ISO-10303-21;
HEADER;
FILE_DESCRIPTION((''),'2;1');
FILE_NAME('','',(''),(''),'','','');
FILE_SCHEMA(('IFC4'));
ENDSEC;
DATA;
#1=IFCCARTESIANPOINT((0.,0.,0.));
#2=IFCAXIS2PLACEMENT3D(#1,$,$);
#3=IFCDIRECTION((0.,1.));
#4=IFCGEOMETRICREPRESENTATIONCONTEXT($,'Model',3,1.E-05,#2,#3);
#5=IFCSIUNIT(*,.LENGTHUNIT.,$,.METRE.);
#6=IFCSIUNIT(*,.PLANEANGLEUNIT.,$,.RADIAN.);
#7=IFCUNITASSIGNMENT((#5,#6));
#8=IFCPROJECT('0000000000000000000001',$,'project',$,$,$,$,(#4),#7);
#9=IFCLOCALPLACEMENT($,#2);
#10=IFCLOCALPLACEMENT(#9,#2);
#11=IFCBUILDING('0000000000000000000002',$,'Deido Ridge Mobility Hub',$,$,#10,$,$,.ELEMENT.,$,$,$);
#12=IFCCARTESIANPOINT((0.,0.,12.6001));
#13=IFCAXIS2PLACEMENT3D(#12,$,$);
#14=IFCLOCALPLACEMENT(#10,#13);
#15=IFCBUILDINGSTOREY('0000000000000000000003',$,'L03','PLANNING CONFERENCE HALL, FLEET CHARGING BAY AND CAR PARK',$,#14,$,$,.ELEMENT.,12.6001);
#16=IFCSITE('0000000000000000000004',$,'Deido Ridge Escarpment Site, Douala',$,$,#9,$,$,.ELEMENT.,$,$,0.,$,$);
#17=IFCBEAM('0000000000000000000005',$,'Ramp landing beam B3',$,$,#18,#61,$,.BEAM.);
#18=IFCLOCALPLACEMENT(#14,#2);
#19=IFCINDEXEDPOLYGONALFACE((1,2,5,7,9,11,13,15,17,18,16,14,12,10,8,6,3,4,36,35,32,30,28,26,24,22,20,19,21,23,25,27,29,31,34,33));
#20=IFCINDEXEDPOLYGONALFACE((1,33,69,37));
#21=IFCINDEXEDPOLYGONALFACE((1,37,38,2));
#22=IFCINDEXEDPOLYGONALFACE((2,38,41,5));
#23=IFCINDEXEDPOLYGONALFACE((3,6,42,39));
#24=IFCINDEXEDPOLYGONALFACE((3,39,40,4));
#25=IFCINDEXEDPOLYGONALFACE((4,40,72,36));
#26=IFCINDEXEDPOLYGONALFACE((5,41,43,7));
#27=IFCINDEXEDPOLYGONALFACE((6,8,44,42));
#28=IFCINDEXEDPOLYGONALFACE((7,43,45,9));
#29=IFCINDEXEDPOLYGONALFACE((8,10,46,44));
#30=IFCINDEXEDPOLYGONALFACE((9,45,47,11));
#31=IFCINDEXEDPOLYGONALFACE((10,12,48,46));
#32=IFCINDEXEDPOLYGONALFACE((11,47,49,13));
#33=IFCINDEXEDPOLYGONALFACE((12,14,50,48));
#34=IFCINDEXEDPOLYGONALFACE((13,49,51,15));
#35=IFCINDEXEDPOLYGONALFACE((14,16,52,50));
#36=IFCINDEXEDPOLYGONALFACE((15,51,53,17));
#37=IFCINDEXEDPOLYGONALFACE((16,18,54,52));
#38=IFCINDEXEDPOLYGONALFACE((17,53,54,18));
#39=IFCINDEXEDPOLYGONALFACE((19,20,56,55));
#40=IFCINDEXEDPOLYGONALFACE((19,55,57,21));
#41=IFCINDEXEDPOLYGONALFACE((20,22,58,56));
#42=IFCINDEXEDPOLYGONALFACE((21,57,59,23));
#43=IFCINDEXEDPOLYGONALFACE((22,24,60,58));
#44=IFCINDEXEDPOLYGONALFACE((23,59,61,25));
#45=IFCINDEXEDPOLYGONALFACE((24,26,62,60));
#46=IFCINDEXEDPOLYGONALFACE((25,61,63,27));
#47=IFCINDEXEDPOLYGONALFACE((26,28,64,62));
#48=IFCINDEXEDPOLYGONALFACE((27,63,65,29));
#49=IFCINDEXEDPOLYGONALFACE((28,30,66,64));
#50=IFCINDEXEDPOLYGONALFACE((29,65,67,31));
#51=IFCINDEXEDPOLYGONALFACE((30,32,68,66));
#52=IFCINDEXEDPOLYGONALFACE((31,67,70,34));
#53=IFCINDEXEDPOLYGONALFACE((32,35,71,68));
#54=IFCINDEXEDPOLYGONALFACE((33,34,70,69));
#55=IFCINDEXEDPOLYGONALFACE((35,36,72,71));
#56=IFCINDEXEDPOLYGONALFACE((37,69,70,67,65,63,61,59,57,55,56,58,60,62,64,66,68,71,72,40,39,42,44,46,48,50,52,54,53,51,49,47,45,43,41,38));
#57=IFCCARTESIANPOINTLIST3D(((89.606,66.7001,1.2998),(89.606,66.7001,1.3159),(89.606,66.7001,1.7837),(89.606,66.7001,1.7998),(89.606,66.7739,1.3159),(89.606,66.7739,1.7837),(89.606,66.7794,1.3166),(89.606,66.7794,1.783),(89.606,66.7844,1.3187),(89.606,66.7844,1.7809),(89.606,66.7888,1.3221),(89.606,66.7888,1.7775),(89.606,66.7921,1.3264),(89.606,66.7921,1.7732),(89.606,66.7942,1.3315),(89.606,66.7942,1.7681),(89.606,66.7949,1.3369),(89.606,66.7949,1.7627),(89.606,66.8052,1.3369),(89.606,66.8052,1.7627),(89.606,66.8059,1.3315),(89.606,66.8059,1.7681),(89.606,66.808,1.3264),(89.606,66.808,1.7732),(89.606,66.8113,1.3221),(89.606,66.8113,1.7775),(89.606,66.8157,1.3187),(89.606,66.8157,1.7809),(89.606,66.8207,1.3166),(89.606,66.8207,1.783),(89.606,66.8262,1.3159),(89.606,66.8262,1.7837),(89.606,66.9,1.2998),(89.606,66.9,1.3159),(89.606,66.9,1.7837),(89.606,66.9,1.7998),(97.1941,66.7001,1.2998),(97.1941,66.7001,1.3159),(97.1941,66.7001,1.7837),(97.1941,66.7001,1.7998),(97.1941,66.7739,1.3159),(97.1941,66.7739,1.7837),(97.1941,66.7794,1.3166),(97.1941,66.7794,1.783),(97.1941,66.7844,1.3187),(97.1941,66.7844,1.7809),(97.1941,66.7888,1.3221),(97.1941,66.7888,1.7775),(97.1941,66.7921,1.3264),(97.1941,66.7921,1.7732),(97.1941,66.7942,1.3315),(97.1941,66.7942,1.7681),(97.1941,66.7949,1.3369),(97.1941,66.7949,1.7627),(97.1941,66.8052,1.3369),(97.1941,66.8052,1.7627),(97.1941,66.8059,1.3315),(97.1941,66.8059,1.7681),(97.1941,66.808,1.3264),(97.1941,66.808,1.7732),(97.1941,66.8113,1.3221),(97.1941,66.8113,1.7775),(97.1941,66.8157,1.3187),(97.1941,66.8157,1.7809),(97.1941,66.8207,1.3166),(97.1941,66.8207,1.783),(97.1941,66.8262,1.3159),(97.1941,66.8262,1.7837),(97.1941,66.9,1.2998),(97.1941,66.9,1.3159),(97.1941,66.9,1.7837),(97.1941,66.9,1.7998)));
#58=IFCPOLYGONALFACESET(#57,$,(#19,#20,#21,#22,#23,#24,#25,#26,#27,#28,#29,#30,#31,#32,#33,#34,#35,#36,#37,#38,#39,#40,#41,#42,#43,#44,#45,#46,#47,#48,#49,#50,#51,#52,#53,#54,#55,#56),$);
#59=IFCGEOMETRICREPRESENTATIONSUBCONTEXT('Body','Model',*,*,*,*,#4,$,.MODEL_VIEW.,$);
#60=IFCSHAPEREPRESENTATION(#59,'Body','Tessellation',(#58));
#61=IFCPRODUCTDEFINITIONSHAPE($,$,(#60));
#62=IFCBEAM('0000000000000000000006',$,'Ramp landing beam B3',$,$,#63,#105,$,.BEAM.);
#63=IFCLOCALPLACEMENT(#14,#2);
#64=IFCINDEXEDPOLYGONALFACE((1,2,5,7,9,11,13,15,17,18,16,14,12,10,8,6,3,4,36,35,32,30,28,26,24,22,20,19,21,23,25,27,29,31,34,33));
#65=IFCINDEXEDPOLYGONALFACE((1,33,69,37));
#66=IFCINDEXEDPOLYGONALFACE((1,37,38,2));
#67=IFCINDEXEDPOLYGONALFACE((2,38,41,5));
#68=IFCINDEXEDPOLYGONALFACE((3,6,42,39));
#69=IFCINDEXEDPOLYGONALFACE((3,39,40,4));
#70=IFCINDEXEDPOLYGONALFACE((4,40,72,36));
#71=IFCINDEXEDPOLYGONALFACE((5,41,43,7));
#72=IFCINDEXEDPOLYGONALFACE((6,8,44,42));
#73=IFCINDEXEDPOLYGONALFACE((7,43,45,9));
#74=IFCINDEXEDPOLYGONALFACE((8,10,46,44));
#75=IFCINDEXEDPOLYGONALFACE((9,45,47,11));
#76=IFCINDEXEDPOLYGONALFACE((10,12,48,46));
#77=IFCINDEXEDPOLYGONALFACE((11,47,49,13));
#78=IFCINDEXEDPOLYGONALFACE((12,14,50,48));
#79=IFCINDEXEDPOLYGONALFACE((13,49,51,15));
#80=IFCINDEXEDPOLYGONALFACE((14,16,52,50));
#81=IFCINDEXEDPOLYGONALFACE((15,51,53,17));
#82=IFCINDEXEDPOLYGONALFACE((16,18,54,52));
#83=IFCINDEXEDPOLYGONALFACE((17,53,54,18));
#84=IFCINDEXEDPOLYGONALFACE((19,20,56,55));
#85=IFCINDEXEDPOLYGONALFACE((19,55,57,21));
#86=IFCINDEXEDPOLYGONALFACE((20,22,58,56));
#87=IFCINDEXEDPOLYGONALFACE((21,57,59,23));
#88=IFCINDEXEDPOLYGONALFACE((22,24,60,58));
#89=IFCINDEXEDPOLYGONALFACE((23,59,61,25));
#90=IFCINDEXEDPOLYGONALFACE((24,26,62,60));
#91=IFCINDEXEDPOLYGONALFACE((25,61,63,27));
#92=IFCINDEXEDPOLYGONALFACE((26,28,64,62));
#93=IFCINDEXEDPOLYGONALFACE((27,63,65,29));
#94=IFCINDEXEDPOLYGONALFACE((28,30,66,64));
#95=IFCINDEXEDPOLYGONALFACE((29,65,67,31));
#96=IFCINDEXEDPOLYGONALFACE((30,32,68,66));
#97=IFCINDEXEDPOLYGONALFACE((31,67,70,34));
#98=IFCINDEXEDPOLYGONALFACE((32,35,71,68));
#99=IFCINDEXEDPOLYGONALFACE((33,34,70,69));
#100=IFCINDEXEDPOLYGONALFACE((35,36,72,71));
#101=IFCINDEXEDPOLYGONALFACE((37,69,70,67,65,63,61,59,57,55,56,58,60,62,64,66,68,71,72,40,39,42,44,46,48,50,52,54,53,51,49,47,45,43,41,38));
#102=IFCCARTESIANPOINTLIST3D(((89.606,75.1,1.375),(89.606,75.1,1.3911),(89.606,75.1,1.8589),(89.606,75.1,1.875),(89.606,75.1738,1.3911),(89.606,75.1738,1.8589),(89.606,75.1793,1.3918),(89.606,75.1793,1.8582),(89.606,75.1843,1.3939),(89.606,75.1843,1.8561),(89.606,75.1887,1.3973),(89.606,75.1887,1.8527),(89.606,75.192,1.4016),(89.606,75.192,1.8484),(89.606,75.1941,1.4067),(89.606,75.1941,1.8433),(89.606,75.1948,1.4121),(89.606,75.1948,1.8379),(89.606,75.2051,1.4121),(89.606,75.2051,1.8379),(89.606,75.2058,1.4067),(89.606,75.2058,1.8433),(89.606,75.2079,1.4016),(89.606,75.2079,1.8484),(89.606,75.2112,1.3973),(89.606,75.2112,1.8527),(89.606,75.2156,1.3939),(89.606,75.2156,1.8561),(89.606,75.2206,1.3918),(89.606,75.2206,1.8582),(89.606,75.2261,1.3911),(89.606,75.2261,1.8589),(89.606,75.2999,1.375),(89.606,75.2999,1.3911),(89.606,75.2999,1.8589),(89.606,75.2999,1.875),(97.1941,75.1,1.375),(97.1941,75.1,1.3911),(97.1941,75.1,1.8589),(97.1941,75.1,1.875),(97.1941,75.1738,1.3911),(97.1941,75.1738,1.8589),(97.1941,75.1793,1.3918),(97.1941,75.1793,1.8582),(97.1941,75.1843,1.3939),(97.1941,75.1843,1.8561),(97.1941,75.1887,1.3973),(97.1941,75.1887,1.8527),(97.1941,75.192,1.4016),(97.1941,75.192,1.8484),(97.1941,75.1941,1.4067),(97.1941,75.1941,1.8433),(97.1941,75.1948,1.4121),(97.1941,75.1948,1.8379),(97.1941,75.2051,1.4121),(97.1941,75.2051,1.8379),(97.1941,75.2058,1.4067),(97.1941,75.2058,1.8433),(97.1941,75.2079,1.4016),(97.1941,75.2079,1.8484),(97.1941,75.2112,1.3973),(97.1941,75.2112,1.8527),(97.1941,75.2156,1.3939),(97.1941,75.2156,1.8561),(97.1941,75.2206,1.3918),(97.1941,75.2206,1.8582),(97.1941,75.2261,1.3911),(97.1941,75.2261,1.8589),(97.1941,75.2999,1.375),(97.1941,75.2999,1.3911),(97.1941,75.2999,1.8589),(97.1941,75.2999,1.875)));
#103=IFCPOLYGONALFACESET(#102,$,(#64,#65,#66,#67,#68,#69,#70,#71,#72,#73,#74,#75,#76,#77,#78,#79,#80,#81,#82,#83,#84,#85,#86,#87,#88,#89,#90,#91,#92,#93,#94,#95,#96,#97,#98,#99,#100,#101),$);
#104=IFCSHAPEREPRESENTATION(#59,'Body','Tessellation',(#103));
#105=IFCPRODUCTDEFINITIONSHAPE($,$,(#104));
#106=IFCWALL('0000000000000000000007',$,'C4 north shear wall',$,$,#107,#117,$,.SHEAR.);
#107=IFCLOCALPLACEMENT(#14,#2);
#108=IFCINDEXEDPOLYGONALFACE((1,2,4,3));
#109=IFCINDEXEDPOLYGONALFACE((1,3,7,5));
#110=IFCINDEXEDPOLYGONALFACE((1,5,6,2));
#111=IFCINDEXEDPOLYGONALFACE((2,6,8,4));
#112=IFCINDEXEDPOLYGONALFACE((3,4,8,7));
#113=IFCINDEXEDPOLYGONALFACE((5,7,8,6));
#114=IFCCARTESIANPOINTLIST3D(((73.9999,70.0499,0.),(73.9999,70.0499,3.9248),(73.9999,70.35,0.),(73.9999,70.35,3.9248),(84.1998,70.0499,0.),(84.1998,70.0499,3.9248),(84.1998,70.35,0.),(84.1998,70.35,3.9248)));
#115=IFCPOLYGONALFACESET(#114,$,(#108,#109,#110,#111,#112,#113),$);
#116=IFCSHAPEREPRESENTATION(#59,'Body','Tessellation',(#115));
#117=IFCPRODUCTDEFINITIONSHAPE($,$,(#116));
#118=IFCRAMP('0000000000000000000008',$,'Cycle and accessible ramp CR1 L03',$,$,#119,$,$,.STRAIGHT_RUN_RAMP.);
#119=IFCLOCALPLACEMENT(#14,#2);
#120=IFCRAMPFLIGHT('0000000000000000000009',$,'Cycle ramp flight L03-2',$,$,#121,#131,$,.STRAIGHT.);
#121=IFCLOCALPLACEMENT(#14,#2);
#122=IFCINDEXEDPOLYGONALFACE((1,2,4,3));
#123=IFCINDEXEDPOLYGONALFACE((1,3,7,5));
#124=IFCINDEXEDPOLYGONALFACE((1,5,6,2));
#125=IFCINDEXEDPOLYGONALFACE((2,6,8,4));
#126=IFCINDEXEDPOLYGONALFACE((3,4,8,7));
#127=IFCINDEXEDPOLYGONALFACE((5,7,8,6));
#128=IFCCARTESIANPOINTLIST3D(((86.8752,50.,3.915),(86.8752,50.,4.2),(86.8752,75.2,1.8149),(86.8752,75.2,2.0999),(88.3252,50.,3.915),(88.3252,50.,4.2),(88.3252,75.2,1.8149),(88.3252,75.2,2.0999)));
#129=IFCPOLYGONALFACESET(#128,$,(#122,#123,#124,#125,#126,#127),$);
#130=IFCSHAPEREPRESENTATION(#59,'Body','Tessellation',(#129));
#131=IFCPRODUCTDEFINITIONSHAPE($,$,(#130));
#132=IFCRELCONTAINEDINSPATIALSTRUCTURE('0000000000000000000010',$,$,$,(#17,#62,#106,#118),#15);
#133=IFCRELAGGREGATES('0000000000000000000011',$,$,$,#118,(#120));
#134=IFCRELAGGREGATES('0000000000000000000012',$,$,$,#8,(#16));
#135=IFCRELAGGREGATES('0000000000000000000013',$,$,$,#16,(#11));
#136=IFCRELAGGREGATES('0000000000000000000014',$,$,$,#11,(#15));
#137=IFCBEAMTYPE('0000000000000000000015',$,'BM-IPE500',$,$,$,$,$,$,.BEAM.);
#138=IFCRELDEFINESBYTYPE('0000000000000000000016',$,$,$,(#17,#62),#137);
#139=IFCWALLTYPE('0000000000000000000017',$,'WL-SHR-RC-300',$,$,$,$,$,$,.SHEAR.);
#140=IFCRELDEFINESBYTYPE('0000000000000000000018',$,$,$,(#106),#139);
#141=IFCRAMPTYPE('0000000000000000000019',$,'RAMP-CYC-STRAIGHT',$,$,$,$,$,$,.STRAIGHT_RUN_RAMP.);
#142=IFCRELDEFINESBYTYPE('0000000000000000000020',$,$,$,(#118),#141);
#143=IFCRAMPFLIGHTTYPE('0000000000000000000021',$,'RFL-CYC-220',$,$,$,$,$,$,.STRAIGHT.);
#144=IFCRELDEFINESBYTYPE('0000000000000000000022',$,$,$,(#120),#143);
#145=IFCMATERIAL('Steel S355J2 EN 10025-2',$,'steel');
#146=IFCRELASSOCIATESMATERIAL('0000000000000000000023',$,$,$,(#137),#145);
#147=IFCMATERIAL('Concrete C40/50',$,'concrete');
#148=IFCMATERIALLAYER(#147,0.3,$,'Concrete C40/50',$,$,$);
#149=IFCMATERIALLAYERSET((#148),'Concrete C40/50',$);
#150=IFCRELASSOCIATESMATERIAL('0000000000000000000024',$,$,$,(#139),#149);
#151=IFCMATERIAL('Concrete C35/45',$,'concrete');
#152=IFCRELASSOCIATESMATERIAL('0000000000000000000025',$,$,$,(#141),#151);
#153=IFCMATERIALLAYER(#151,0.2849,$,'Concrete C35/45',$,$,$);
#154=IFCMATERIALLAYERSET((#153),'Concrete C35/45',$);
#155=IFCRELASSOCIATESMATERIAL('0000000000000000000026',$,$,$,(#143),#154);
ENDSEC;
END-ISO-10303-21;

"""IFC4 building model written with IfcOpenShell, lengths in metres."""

from ifc_helpers import new_model, si_unit, direction, frame, frame_2d, origin, origin_2d, place, context, subcontext, project, spatial, polyline, rectangle, i_section, outline, extrude, material, layer, layer_set, material_profile, profile_set, type_object, element, aggregate, save


model = new_model("IFC4")

# Units and contexts
model_context = context("Model", 3, precision=1e-05, world=origin(), true_north=direction((0.0, 1.0)))
body_context = subcontext(model_context, "Body", "Model", "MODEL_VIEW")
ifc_project = project(units=[si_unit("LENGTHUNIT", "METRE"), si_unit("PLANEANGLEUNIT", "RADIAN")], contexts=[model_context])

# Site, building, storey
site_placement = place(None, origin())
site = spatial("IfcSite", under=ifc_project, at=site_placement, Name="Deido Ridge Escarpment Site, Douala", CompositionType="ELEMENT", RefElevation=0.0)
building_placement = place(site_placement, origin())
building = spatial("IfcBuilding", under=site, at=building_placement, Name="Deido Ridge Mobility Hub", CompositionType="ELEMENT")
storey_placement = place(building_placement, frame((0.0, 0.0, 12.6001)))
storey = spatial("IfcBuildingStorey", under=building, at=storey_placement, Name="L03", Description="PLANNING CONFERENCE HALL, FLEET CHARGING BAY AND CAR PARK", CompositionType="ELEMENT", Elevation=12.6001)

# Shared definitions
ifc_material_1 = material(Name="Steel S355J2 EN 10025-2", Category="steel")

# Beams
ifc_material_profile_1 = material_profile(ifc_material_1, i_section(OverallWidth=0.2, OverallDepth=0.5, WebThickness=0.0103, FlangeThickness=0.0161, FilletRadius=0.021, at=origin_2d()), Name="IPE 500")
ifc_profile_set_1 = profile_set([ifc_material_profile_1], Name="Steel S355J2 EN 10025-2")
beam_type_1 = type_object("IfcBeamType", Name="BM-IPE500", PredefinedType="BEAM", material=ifc_profile_set_1)
for number, where, z_axis, x_axis, name in (
    (1, (89.606, 66.8, 1.5498), (1.0, 0.0, 0.0), (0.0, 1.0, 0.0), "Ramp landing beam B3"),
    (2, (89.606, 75.2, 1.625), (1.0, 0.0, 0.0), (0.0, 1.0, 0.0), "Ramp landing beam B3"),
):
    element("IfcBeam", number, at=place(storey_placement, frame(where, z_axis=z_axis, x_axis=x_axis)), inside=storey, type_object=beam_type_1, Name=name, PredefinedType="BEAM", context=body_context, shape_type="SweptSolid", body=[
        extrude(i_section(OverallWidth=0.2, OverallDepth=0.5, WebThickness=0.0103, FlangeThickness=0.0161, FilletRadius=0.021, at=origin_2d()), origin(), (0.0, 0.0, 1.0), 7.5881),
    ])

# Wall
ifc_material_2 = material(Name="Concrete C40/50", Category="concrete")
ifc_layer_1 = layer(ifc_material_2, 0.3, Name="Concrete C40/50")
ifc_layer_set_1 = layer_set([ifc_layer_1], Name="Concrete C40/50")
wall_type = type_object("IfcWallType", Name="WL-SHR-RC-300", PredefinedType="SHEAR", material=ifc_layer_set_1)
wall_placement = place(storey_placement, frame((84.2, 70.2, 0.0), z_axis=(0.0, 0.0, 1.0), x_axis=(-1.0, 0.0, 0.0)))
element("IfcWall", 3, at=wall_placement, inside=storey, type_object=wall_type, Name="C4 north shear wall", PredefinedType="SHEAR", context=body_context, shape_type="SweptSolid", body=[
    extrude(rectangle(XDim=10.2, YDim=0.3, at=frame_2d((5.1001, 0.0))), origin(), (0.0, 0.0, 1.0), 3.9248),
])

# Ramp, ramp flight
ifc_material_3 = material(Name="Concrete C35/45", Category="concrete")
ramp_type = type_object("IfcRampType", Name="RAMP-CYC-STRAIGHT", PredefinedType="STRAIGHT_RUN_RAMP", material=ifc_material_3)
ramp_placement = place(storey_placement, origin())
ramp = element("IfcRamp", 4, at=ramp_placement, inside=storey, type_object=ramp_type, Name="Cycle and accessible ramp CR1 L03", PredefinedType="STRAIGHT_RUN_RAMP")
ifc_layer_2 = layer(ifc_material_3, 0.2849, Name="Concrete C35/45")
ifc_layer_set_2 = layer_set([ifc_layer_2], Name="Concrete C35/45")
ramp_flight_type = type_object("IfcRampFlightType", Name="RFL-CYC-220", PredefinedType="STRAIGHT", material=ifc_layer_set_2)
ramp_flight_placement = place(storey_placement, frame((87.6001, 75.2, 2.0999), z_axis=(0.0, 0.0, 1.0), x_axis=(0.0, -1.0, 0.0)))
ramp_flight = element("IfcRampFlight", 5, at=ramp_flight_placement, type_object=ramp_flight_type, Name="Cycle ramp flight L03-2", PredefinedType="STRAIGHT", context=body_context, shape_type="SweptSolid", body=[
    extrude(outline(polyline([(0.0, 0.0), (0.0, -0.2849), (25.2, 1.8152), (25.2, 2.1001), (0.0, 0.0)])), frame((0.0, 0.7251, 0.0), z_axis=(0.0, -1.0, 0.0), x_axis=(1.0, 0.0, 0.0)), (0.0, 0.0, 1.0), 1.45),
])
aggregate(ramp, [ramp_flight])

save(model, "model.ifc")
